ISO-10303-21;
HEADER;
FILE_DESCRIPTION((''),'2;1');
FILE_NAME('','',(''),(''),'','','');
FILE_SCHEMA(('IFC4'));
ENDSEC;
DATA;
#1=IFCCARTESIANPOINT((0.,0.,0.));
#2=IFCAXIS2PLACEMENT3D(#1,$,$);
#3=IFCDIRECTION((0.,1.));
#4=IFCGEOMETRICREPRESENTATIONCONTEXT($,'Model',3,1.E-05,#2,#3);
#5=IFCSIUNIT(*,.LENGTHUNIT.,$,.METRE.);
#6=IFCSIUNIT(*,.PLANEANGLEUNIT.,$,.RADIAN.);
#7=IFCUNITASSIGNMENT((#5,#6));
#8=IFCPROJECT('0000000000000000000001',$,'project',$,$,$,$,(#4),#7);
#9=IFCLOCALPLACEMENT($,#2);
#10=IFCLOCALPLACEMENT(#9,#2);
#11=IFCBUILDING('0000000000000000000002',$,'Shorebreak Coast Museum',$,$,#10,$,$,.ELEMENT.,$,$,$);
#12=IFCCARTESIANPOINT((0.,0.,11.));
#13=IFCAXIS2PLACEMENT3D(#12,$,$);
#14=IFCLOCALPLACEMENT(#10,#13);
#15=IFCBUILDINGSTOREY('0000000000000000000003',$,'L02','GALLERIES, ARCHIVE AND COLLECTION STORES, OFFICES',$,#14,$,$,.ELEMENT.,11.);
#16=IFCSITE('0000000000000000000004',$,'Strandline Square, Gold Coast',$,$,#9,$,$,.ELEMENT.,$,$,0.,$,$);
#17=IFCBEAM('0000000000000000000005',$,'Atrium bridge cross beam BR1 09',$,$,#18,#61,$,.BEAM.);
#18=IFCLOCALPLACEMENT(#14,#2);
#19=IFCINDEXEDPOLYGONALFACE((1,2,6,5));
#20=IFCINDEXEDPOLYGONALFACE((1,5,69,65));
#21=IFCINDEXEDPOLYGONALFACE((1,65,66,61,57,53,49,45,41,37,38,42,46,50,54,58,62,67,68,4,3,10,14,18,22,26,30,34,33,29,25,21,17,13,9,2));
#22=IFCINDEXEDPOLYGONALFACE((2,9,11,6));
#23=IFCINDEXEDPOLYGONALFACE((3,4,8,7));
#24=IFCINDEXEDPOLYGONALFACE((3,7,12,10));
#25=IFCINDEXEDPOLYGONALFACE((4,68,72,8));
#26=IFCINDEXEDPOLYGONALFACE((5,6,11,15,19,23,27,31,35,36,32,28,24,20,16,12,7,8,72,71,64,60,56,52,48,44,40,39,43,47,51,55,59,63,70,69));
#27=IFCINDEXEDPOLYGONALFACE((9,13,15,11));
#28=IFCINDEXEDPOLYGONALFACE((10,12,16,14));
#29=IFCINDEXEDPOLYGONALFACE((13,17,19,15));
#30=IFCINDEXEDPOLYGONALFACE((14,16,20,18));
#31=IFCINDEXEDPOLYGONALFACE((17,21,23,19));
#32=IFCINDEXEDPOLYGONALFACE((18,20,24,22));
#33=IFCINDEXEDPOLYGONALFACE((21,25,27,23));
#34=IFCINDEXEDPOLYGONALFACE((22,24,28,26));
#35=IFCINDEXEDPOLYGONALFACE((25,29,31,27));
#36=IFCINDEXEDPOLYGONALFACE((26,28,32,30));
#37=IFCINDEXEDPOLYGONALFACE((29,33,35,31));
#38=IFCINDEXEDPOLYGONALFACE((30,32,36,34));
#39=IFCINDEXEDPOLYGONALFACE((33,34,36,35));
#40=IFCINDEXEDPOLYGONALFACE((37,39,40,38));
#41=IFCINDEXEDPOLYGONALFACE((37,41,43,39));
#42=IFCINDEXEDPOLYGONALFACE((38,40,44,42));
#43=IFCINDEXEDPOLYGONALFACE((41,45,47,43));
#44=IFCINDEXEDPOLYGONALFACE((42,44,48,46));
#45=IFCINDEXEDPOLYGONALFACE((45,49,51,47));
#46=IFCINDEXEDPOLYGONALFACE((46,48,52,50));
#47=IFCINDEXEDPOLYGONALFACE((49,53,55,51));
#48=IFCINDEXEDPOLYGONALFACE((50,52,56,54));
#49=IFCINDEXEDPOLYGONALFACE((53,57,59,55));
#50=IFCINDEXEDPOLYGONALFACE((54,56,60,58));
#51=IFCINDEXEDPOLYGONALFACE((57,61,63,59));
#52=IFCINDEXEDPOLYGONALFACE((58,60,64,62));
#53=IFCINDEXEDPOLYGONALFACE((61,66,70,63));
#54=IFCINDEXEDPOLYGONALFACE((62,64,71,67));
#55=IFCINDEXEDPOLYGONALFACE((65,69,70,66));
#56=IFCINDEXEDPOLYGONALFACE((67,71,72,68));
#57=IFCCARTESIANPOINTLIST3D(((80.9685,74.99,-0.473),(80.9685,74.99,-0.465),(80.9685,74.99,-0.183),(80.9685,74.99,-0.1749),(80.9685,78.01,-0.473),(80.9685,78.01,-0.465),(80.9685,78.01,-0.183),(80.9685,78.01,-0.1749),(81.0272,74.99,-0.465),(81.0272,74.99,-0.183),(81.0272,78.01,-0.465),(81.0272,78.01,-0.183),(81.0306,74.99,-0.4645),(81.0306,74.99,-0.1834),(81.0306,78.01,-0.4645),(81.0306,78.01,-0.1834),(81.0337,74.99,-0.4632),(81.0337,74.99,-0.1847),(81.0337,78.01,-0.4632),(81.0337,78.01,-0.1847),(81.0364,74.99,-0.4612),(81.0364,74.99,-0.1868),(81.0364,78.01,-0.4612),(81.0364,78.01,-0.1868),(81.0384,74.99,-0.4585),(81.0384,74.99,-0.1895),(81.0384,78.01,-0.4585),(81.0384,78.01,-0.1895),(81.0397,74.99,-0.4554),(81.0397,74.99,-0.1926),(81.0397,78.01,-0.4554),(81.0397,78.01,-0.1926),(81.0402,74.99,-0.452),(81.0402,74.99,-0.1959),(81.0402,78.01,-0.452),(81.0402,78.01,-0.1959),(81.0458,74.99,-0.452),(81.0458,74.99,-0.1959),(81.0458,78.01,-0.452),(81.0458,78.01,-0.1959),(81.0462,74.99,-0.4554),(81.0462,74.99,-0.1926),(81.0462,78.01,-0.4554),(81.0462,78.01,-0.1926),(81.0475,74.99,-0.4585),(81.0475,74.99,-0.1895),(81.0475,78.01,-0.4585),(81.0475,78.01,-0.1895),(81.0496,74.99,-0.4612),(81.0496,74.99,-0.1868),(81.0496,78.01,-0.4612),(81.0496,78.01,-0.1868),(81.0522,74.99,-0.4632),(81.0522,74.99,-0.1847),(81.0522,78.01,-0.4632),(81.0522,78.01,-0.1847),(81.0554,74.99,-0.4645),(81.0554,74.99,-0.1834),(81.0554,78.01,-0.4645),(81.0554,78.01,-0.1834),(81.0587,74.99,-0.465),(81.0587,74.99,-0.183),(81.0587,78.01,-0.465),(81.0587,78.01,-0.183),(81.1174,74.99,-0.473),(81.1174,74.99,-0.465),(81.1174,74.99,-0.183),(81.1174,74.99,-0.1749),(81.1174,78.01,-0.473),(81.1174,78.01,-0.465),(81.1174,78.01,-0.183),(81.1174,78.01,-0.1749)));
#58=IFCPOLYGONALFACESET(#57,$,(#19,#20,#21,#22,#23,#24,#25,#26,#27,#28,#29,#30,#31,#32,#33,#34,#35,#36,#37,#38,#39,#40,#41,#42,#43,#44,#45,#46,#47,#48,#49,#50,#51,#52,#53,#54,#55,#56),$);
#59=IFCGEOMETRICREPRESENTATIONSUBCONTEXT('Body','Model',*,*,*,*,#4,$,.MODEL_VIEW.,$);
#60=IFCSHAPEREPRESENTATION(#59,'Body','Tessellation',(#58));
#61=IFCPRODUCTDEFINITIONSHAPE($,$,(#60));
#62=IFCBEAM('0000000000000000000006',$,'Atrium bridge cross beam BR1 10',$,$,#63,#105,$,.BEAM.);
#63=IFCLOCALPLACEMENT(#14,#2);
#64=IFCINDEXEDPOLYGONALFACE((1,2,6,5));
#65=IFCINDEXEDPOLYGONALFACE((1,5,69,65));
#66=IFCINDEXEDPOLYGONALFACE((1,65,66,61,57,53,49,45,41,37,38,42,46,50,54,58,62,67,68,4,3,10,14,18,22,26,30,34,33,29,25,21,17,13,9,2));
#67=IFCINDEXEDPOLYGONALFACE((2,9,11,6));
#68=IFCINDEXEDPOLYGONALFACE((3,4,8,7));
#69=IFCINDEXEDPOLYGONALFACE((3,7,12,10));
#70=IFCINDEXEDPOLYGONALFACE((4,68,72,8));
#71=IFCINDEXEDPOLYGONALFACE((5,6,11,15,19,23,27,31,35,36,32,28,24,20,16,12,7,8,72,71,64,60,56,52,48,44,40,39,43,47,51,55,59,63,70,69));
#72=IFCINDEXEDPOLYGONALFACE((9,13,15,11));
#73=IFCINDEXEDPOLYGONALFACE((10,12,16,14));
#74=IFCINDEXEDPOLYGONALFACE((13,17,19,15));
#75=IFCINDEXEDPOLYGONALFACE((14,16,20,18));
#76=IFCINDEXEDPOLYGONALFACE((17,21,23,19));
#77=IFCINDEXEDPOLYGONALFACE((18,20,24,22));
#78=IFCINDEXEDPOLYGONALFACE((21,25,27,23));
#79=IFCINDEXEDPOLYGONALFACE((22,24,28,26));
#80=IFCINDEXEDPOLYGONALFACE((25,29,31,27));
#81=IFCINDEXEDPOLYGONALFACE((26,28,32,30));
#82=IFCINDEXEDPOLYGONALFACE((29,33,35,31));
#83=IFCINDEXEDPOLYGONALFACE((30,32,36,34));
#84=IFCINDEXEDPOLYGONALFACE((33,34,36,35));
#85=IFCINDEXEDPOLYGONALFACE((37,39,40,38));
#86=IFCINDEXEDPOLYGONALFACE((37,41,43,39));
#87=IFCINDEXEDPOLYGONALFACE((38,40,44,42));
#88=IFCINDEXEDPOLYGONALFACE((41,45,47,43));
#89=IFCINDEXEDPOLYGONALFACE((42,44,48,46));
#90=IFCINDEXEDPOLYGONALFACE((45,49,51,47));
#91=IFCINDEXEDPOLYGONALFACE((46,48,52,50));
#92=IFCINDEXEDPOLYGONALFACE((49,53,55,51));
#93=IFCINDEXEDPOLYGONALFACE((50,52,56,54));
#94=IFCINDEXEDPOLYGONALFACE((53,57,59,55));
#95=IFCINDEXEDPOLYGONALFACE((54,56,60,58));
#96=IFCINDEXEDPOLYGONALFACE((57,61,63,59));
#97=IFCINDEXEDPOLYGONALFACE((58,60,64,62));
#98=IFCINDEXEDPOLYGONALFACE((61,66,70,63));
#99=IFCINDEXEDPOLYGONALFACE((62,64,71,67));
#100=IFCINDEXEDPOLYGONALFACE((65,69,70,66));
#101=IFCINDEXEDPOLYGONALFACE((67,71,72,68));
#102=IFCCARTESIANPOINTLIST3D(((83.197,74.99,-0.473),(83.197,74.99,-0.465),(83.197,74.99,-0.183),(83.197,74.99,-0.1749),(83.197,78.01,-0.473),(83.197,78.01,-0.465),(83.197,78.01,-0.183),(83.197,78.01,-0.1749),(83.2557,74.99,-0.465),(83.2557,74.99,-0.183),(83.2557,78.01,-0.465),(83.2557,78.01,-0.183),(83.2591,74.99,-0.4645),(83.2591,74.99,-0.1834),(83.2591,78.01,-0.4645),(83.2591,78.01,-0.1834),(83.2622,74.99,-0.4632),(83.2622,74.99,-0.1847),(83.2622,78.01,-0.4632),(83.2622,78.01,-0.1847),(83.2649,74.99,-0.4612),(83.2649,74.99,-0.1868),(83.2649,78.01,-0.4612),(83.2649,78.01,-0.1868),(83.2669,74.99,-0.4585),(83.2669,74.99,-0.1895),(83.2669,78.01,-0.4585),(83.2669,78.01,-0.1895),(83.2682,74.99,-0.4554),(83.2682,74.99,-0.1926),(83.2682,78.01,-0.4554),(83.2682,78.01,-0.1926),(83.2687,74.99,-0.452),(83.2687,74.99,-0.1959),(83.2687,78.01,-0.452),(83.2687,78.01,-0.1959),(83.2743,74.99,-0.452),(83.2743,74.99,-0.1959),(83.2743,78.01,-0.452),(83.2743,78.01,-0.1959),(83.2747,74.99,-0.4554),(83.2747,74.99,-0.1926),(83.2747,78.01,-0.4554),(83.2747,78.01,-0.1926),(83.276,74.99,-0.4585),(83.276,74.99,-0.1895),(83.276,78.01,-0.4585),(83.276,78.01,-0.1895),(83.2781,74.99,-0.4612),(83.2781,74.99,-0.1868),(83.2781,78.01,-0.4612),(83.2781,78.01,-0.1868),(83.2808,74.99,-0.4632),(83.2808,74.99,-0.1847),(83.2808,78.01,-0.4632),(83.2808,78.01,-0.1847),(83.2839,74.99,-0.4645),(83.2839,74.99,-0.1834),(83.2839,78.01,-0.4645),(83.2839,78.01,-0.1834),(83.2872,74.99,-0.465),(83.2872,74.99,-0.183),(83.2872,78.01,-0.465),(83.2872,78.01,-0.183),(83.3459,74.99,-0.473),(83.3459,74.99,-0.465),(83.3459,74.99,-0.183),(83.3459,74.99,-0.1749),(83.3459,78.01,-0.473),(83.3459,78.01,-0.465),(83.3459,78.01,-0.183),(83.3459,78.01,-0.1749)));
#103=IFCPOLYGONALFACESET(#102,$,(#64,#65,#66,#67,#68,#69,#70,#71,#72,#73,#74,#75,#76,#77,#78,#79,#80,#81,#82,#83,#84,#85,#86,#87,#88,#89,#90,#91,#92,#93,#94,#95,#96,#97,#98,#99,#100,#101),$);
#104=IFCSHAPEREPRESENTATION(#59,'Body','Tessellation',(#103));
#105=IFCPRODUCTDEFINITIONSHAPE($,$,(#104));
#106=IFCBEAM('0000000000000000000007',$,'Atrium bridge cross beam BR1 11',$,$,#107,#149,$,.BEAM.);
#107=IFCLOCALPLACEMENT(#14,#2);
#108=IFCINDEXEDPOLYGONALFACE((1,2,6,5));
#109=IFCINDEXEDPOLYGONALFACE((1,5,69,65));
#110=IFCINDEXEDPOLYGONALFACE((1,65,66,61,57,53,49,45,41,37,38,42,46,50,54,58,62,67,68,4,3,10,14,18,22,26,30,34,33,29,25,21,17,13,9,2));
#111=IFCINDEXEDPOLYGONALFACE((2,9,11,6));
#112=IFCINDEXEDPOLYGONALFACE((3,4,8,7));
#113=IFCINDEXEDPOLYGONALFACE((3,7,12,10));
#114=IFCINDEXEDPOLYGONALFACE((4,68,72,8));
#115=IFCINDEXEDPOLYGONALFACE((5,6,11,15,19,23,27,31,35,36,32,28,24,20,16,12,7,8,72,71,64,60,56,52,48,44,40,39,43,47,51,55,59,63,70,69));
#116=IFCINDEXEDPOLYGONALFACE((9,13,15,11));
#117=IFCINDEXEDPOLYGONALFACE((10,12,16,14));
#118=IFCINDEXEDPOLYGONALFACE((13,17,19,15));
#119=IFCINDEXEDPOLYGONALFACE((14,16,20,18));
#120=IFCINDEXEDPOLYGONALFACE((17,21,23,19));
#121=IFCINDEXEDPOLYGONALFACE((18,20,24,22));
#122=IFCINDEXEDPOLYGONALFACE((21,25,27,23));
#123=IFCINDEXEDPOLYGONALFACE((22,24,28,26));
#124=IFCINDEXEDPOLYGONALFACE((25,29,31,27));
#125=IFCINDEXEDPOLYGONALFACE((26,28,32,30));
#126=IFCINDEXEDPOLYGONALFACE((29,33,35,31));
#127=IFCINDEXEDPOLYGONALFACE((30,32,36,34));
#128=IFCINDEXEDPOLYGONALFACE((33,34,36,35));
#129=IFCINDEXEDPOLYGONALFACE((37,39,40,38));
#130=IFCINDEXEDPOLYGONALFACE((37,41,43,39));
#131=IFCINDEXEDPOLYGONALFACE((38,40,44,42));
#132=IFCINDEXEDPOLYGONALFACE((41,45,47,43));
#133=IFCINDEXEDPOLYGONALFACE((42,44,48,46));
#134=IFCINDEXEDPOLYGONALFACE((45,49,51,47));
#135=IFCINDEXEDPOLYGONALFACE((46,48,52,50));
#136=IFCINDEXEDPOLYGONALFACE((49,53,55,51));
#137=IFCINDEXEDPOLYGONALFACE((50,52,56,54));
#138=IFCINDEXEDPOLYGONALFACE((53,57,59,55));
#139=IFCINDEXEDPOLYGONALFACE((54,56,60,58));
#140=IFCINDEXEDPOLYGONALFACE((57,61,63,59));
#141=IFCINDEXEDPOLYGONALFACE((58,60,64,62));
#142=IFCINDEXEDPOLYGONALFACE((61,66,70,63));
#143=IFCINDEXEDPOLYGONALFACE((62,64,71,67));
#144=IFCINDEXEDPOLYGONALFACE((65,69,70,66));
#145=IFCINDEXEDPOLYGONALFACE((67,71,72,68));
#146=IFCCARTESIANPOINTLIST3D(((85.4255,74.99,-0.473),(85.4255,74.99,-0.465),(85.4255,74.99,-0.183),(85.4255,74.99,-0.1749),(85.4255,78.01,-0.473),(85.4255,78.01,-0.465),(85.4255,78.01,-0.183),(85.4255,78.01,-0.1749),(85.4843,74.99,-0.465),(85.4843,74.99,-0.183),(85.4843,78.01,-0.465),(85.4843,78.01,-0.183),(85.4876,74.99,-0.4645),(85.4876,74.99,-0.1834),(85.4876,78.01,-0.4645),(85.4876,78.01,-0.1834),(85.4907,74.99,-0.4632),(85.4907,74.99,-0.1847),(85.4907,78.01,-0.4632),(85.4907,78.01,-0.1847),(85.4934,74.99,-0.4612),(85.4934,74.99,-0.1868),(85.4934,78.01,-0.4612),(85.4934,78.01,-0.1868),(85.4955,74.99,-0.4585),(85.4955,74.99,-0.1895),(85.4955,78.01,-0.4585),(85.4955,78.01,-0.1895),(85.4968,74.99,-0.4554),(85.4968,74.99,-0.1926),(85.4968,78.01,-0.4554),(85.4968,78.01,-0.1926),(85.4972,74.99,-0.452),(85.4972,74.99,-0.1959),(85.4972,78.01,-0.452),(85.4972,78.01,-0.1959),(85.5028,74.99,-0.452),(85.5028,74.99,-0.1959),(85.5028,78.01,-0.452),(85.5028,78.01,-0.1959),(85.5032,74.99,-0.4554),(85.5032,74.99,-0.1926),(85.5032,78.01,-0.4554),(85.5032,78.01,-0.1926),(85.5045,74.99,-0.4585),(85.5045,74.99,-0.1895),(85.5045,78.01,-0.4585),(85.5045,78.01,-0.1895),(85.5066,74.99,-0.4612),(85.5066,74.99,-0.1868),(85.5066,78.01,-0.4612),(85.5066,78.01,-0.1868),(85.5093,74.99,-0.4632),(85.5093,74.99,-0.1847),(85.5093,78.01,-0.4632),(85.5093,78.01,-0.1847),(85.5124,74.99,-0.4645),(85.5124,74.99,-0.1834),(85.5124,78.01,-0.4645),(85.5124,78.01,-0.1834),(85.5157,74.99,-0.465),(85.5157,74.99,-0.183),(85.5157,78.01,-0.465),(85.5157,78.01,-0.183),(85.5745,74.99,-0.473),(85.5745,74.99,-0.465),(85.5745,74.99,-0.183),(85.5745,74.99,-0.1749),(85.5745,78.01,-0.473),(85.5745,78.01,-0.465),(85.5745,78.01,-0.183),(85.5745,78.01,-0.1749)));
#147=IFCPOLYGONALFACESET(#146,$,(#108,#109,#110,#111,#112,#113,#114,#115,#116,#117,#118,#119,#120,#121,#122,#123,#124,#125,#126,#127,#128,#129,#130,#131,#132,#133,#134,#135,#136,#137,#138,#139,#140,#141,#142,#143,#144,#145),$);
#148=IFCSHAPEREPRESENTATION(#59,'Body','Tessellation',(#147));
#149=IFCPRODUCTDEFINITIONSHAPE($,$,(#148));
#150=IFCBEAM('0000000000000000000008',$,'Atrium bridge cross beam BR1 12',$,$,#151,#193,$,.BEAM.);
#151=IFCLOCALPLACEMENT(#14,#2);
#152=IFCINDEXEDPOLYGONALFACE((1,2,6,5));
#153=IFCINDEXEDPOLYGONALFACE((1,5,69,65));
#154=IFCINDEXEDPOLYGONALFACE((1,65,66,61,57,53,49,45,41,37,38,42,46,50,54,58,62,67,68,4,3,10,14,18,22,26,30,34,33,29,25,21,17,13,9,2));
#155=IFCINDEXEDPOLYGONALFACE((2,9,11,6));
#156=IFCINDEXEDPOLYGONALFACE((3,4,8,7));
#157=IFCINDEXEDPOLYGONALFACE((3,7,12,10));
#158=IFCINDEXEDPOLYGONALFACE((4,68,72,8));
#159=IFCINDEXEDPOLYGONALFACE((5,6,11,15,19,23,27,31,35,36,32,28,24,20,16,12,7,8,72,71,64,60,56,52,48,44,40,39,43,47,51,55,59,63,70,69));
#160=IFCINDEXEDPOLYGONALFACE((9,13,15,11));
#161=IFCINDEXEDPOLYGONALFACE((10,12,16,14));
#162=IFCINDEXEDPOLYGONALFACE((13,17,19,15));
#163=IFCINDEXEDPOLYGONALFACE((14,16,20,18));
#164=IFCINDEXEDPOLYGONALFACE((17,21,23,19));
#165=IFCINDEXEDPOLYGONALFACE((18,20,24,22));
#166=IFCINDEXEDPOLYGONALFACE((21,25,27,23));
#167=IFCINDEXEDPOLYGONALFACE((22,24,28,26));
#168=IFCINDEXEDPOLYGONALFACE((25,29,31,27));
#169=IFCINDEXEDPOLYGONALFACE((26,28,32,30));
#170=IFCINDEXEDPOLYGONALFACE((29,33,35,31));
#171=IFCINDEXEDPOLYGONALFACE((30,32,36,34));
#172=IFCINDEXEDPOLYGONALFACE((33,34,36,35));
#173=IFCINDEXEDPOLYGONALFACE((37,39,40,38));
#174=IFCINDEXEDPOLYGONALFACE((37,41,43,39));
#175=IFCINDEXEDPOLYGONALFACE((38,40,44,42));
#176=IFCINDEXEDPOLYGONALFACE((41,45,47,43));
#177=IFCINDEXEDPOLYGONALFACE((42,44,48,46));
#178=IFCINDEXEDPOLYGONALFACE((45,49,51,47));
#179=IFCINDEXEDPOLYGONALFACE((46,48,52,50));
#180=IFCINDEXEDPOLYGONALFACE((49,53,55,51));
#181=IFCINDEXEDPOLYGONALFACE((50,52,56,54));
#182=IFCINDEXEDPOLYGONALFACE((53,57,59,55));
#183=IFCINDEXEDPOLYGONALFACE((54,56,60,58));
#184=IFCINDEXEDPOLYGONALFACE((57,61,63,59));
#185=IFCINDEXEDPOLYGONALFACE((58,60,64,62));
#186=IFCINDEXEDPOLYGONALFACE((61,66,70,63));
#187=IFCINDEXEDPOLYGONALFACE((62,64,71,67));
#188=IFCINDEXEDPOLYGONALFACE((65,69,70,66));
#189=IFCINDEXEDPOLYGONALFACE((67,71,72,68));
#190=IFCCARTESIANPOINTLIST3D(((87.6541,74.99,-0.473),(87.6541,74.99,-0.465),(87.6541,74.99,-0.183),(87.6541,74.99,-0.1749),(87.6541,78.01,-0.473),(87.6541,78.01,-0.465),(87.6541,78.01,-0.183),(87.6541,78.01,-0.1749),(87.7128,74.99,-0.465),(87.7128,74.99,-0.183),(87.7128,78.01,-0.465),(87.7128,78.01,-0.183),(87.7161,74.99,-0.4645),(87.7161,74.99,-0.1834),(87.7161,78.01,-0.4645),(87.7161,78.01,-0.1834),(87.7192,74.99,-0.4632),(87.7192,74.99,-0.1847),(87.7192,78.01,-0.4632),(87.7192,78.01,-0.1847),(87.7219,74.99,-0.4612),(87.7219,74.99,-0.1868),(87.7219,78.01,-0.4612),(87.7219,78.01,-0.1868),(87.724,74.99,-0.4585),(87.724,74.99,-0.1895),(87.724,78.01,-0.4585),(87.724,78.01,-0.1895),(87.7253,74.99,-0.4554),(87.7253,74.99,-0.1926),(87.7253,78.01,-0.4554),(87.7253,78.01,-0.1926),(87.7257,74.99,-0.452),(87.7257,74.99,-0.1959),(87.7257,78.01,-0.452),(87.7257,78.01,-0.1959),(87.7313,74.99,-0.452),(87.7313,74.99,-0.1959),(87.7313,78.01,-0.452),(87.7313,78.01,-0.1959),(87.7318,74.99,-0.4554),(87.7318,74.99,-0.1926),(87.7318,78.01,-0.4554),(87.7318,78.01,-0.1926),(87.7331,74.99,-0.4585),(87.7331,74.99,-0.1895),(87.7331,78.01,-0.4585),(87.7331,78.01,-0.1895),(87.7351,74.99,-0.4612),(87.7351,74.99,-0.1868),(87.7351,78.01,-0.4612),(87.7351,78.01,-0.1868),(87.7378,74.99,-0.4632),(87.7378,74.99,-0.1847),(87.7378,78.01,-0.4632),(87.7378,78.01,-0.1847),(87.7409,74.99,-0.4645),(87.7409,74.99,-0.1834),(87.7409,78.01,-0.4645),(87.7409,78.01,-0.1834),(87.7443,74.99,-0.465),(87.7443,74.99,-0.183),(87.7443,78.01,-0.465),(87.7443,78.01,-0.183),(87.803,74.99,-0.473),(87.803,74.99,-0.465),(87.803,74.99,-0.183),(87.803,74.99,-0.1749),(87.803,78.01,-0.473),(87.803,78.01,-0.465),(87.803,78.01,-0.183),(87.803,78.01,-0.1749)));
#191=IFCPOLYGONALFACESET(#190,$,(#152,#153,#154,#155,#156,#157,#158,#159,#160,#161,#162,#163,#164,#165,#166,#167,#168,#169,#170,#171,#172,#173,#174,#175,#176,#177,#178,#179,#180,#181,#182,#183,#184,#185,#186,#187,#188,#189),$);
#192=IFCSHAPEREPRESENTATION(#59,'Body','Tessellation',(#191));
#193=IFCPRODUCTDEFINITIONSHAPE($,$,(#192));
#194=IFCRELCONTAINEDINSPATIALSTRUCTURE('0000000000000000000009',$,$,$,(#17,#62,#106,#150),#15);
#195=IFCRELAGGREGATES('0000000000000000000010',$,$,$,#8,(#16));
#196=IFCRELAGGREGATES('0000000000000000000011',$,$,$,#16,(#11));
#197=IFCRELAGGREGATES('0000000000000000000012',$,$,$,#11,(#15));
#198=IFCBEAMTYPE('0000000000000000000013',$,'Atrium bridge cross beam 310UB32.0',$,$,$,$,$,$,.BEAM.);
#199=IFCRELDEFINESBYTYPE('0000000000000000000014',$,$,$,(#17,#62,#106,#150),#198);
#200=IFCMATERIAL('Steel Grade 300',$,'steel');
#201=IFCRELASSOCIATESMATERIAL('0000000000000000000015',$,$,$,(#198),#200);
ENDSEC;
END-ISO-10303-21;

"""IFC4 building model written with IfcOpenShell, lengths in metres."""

from ifc_helpers import new_model, si_unit, direction, frame, origin, origin_2d, place, context, subcontext, project, spatial, i_section, extrude, material, material_profile, profile_set, type_object, element, save


model = new_model("IFC4")

# Units and contexts
model_context = context("Model", 3, precision=1e-05, world=origin(), true_north=direction((0.0, 1.0)))
body_context = subcontext(model_context, "Body", "Model", "MODEL_VIEW")
ifc_project = project(units=[si_unit("LENGTHUNIT", "METRE"), si_unit("PLANEANGLEUNIT", "RADIAN")], contexts=[model_context])

# Site, building, storey
site_placement = place(None, origin())
site = spatial("IfcSite", under=ifc_project, at=site_placement, Name="Strandline Square, Gold Coast", CompositionType="ELEMENT", RefElevation=0.0)
building_placement = place(site_placement, origin())
building = spatial("IfcBuilding", under=site, at=building_placement, Name="Shorebreak Coast Museum", CompositionType="ELEMENT")
storey_placement = place(building_placement, frame((0.0, 0.0, 11.0)))
storey = spatial("IfcBuildingStorey", under=building, at=storey_placement, Name="L02", Description="GALLERIES, ARCHIVE AND COLLECTION STORES, OFFICES", CompositionType="ELEMENT", Elevation=11.0)

# Beams
ifc_material_1 = material(Name="Steel Grade 300", Category="steel")
ifc_material_profile_1 = material_profile(ifc_material_1, i_section(OverallWidth=0.1489, OverallDepth=0.2981, WebThickness=0.0056, FlangeThickness=0.0081, FilletRadius=0.0129, at=origin_2d()), Name="310UB32.0")
ifc_profile_set_1 = profile_set([ifc_material_profile_1], Name="Steel Grade 300")
beam_type_1 = type_object("IfcBeamType", Name="Atrium bridge cross beam 310UB32.0", PredefinedType="BEAM", material=ifc_profile_set_1)
for number, where, z_axis, x_axis, name in (
    (1, (81.043, 74.99, -0.324), (0.0, 1.0, 0.0), (-1.0, 0.0, 0.0), "Atrium bridge cross beam BR1 09"),
    (2, (83.2715, 74.99, -0.324), (0.0, 1.0, 0.0), (-1.0, 0.0, 0.0), "Atrium bridge cross beam BR1 10"),
    (3, (85.5, 74.99, -0.324), (0.0, 1.0, 0.0), (-1.0, 0.0, 0.0), "Atrium bridge cross beam BR1 11"),
    (4, (87.7285, 74.99, -0.324), (0.0, 1.0, 0.0), (-1.0, 0.0, 0.0), "Atrium bridge cross beam BR1 12"),
):
    element("IfcBeam", number, at=place(storey_placement, frame(where, z_axis=z_axis, x_axis=x_axis)), inside=storey, type_object=beam_type_1, Name=name, PredefinedType="BEAM", context=body_context, shape_type="SweptSolid", body=[
        extrude(i_section(OverallWidth=0.1489, OverallDepth=0.2981, WebThickness=0.0056, FlangeThickness=0.0081, FilletRadius=0.0129, at=origin_2d()), origin(), (0.0, 0.0, 1.0), 3.02),
    ])

save(model, "model.ifc")
